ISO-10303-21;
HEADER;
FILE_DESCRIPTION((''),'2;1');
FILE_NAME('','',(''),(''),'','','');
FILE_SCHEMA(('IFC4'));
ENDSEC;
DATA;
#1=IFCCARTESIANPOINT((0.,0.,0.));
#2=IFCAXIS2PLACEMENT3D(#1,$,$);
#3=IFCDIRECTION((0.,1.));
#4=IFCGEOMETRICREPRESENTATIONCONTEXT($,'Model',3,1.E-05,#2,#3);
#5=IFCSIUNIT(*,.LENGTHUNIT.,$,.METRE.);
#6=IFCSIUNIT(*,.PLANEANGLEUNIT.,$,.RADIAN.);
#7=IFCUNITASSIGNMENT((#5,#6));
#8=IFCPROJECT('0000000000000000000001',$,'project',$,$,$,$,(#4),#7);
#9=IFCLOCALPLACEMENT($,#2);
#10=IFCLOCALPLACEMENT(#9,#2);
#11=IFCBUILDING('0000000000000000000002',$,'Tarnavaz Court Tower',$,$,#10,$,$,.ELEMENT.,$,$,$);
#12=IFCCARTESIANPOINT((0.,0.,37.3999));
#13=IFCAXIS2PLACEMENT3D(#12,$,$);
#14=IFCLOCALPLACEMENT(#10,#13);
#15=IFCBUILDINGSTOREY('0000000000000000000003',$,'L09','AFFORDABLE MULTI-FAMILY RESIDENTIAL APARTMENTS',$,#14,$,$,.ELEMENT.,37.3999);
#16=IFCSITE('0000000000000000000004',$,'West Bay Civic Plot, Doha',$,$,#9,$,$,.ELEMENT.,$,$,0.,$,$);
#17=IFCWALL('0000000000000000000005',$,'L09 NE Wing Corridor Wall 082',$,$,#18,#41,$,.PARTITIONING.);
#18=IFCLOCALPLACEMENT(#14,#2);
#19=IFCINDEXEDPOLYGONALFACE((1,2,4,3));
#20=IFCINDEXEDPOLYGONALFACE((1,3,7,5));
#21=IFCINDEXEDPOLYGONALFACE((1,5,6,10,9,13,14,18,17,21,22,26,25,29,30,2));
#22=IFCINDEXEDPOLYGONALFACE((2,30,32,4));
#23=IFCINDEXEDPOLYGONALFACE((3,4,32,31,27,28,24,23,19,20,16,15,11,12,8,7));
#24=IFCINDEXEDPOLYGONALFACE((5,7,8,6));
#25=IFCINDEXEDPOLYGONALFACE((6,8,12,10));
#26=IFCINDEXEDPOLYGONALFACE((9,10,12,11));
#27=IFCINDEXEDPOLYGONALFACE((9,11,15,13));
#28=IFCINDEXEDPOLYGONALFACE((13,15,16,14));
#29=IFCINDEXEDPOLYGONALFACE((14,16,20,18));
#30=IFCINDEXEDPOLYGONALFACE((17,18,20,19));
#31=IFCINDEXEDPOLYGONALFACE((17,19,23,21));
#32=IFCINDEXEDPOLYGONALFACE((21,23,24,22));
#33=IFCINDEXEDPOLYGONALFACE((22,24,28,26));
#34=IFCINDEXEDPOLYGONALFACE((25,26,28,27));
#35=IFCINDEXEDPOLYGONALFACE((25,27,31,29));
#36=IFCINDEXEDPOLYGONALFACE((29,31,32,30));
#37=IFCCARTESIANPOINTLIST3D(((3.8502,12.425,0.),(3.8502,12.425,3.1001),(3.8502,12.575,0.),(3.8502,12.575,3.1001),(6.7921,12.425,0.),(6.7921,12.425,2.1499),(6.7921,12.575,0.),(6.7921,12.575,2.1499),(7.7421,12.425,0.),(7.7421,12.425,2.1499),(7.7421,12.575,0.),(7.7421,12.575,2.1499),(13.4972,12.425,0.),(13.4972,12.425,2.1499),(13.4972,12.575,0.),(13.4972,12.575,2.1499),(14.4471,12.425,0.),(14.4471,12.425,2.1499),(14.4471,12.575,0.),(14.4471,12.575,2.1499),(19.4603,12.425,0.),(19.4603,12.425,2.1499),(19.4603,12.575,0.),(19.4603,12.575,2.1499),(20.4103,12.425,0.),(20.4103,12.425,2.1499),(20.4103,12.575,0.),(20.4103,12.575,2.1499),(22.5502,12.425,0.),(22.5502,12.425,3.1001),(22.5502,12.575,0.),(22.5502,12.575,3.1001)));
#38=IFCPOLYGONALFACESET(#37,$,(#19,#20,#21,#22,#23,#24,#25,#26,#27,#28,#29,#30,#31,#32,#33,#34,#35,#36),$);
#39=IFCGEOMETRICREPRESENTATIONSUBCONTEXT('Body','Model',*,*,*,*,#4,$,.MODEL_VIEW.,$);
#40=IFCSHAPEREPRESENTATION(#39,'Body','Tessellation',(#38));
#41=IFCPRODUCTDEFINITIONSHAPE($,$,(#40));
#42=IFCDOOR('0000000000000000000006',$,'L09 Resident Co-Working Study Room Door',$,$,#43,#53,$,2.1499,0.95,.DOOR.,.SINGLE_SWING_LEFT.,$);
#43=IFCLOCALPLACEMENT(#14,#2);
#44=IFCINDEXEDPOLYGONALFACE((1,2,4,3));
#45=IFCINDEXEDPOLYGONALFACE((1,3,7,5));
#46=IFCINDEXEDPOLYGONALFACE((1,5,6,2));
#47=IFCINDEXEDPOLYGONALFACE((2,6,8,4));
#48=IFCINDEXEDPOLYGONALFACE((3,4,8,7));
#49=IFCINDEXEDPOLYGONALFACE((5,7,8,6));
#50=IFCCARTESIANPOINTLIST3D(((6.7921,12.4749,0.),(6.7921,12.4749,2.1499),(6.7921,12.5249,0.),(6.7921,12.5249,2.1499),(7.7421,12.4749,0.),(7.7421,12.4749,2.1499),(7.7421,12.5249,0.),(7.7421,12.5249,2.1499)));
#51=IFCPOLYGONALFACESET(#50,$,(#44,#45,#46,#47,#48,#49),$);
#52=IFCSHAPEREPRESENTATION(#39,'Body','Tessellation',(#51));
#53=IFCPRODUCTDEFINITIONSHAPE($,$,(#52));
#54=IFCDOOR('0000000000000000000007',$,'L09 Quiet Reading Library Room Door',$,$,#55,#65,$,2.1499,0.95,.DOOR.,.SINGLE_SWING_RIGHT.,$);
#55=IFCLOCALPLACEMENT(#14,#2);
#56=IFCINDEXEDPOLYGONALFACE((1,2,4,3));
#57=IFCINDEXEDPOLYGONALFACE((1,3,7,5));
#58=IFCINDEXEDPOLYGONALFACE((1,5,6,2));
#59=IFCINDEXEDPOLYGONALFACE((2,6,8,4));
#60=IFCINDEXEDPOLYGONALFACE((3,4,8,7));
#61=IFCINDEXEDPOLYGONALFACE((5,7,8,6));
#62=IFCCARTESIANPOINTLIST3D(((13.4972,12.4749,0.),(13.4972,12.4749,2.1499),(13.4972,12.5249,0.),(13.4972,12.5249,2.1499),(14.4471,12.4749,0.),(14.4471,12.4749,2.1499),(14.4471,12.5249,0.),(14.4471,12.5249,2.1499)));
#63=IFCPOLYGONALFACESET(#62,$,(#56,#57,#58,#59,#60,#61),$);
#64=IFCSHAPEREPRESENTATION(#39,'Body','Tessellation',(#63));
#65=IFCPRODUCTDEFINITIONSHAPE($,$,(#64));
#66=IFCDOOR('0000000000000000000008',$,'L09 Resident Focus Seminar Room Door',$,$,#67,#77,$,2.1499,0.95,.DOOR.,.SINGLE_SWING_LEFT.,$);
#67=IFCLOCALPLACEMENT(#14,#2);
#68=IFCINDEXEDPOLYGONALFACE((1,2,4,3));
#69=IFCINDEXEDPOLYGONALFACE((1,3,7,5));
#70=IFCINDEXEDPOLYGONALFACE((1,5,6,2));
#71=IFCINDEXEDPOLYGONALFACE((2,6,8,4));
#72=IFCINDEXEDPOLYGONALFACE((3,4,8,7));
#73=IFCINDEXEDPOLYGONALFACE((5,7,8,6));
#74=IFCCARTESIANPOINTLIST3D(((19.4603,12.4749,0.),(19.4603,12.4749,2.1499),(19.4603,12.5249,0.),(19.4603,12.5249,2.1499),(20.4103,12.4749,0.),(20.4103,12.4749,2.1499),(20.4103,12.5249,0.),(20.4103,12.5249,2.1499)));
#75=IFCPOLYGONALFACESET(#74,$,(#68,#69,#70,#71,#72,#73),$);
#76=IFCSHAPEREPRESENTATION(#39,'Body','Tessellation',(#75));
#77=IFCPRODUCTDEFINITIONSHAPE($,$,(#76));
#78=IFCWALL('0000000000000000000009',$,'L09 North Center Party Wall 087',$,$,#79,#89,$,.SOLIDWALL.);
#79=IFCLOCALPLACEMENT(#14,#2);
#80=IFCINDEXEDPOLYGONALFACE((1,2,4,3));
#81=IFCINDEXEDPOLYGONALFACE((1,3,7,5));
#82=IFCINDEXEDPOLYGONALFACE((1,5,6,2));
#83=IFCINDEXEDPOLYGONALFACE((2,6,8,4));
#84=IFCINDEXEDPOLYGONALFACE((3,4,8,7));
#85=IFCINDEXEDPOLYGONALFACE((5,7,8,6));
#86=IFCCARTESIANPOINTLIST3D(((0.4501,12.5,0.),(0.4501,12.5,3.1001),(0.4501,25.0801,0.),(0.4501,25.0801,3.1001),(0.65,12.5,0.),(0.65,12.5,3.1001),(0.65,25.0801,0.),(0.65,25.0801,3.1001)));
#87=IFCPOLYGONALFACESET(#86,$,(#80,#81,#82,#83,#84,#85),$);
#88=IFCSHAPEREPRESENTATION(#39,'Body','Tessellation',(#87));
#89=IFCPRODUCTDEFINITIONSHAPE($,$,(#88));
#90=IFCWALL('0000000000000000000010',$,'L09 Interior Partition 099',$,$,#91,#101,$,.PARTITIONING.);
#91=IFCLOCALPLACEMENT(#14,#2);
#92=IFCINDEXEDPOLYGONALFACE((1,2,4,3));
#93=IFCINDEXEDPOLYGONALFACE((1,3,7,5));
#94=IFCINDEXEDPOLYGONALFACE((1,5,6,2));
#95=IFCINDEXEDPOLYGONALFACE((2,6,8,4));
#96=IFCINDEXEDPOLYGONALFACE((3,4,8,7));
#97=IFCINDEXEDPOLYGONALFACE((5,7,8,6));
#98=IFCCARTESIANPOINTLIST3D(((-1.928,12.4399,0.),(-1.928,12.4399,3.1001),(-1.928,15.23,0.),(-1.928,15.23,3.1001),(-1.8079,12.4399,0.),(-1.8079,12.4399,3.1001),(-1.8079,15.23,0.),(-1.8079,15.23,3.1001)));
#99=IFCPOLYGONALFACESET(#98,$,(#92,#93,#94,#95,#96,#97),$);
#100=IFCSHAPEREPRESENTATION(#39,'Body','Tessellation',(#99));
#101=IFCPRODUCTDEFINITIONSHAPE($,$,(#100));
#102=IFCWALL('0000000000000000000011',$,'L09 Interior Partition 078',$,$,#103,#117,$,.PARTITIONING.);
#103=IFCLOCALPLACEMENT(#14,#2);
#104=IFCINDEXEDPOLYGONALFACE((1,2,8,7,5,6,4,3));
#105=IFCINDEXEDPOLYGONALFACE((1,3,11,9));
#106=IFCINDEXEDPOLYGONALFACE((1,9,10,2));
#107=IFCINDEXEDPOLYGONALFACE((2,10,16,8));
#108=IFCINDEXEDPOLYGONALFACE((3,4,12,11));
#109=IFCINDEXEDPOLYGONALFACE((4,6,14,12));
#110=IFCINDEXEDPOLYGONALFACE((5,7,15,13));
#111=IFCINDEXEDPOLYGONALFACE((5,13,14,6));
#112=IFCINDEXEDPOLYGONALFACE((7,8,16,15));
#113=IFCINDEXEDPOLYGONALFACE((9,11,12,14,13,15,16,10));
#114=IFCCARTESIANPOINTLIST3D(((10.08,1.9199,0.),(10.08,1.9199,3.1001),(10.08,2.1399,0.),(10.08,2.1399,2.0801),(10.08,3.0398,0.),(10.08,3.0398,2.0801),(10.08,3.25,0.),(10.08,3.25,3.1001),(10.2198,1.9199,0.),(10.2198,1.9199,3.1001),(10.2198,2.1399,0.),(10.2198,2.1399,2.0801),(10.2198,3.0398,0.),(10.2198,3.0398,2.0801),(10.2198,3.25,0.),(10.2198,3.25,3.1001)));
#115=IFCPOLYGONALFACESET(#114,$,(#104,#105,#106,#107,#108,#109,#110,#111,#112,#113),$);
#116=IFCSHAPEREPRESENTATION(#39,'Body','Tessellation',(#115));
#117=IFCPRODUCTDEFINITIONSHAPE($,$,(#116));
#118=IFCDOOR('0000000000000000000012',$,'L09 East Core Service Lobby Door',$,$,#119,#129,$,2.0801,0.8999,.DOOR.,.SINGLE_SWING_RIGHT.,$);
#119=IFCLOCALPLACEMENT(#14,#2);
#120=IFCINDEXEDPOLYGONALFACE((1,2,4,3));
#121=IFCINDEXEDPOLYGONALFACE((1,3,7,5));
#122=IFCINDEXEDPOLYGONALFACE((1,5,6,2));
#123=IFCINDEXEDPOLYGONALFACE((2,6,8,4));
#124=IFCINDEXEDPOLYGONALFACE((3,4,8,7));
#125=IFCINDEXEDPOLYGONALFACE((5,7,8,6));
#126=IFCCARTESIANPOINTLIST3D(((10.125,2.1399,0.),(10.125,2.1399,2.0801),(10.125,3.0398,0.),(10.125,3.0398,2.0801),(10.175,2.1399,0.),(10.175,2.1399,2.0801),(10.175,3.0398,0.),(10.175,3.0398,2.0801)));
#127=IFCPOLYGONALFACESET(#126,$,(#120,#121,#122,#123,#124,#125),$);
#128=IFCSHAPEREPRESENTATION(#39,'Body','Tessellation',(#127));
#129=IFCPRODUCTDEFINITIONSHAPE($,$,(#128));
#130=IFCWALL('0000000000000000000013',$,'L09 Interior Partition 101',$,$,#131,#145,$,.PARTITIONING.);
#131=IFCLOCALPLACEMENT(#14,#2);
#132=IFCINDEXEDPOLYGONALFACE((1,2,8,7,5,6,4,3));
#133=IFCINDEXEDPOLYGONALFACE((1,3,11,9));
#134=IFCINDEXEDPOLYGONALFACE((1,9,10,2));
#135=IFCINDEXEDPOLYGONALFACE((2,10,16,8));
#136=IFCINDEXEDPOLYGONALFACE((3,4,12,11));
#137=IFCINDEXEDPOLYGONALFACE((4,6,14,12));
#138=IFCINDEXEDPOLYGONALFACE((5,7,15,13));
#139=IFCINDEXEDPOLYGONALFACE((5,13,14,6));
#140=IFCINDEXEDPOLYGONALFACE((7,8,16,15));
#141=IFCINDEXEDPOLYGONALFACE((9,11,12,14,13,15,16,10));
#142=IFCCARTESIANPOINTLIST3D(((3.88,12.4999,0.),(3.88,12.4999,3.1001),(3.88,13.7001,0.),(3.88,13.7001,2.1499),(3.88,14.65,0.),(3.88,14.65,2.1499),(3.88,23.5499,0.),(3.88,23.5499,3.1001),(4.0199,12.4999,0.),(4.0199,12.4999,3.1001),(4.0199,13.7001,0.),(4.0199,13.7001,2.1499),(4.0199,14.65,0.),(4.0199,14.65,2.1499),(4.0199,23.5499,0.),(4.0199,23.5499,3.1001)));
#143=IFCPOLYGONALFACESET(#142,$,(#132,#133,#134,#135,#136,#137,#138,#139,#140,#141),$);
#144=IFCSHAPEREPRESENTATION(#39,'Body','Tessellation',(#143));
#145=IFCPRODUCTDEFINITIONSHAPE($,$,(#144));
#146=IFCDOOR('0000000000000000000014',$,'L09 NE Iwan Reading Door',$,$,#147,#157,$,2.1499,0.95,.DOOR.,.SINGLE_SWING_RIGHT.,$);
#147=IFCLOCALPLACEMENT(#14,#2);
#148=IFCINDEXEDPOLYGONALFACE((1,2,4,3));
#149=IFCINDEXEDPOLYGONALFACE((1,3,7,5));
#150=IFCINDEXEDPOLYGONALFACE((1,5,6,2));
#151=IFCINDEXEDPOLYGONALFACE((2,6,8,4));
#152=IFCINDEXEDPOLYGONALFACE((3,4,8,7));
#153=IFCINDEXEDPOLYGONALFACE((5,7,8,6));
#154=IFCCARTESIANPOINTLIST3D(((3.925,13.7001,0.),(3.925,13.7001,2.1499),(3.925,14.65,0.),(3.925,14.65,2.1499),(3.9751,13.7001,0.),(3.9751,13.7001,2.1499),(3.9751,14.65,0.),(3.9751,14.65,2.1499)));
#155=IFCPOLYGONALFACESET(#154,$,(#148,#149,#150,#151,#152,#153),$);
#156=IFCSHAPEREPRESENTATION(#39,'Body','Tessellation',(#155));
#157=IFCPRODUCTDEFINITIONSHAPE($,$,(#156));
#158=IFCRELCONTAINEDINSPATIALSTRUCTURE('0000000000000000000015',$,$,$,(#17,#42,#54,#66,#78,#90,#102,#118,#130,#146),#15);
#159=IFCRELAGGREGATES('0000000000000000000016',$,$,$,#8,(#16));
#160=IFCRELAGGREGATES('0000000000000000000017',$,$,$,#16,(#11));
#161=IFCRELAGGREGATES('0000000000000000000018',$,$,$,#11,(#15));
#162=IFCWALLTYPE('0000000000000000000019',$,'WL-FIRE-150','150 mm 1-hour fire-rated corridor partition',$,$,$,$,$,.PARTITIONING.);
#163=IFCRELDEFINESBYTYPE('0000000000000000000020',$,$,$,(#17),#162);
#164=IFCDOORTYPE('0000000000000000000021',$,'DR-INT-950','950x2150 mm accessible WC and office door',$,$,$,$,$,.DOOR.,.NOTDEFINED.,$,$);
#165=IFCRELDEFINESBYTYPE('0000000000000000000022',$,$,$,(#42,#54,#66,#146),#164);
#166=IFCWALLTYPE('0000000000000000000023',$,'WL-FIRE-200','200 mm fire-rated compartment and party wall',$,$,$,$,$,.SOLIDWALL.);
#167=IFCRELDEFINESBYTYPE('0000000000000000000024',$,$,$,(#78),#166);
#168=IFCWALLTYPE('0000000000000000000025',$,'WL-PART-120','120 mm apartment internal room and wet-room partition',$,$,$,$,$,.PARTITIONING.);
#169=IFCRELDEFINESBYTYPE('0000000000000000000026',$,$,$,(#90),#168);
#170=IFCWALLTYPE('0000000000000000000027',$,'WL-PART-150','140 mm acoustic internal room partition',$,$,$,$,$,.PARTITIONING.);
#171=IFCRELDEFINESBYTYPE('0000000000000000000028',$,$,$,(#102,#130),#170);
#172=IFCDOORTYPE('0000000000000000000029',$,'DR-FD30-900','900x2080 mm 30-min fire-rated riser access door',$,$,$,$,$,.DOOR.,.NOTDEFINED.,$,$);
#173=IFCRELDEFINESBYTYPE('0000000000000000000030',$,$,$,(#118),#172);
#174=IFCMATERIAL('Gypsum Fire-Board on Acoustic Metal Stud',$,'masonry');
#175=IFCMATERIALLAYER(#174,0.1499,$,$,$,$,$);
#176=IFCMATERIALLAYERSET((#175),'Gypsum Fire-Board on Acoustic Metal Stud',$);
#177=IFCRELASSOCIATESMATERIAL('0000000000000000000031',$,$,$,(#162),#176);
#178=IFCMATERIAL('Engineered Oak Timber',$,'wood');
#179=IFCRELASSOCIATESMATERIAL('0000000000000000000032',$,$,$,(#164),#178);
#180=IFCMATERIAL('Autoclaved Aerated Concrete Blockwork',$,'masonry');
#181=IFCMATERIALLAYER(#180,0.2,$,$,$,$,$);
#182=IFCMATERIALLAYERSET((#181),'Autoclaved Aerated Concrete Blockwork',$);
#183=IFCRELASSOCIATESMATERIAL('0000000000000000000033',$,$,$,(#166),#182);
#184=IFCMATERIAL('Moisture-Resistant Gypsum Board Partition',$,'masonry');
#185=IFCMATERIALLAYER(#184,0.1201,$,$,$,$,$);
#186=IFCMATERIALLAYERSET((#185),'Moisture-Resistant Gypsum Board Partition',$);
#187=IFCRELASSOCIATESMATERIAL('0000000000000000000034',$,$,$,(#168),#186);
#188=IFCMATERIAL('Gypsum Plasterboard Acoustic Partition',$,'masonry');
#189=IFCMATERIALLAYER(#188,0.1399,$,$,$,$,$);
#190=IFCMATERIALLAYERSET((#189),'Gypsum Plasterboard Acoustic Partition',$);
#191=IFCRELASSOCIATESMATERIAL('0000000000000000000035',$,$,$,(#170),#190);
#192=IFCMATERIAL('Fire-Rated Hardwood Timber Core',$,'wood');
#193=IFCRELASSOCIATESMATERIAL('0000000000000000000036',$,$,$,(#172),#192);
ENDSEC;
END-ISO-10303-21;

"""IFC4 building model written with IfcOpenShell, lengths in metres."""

from ifc_helpers import new_model, si_unit, direction, frame, frame_2d, origin, place, context, subcontext, project, spatial, rectangle, extrude, material, layer, layer_set, type_object, element, fill, save


model = new_model("IFC4")

# Units and contexts
model_context = context("Model", 3, precision=1e-05, world=origin(), true_north=direction((0.0, 1.0)))
body_context = subcontext(model_context, "Body", "Model", "MODEL_VIEW")
ifc_project = project(units=[si_unit("LENGTHUNIT", "METRE"), si_unit("PLANEANGLEUNIT", "RADIAN")], contexts=[model_context])

# Site, building, storey
site_placement = place(None, origin())
site = spatial("IfcSite", under=ifc_project, at=site_placement, Name="West Bay Civic Plot, Doha", CompositionType="ELEMENT", RefElevation=0.0)
building_placement = place(site_placement, origin())
building = spatial("IfcBuilding", under=site, at=building_placement, Name="Tarnavaz Court Tower", CompositionType="ELEMENT")
storey_placement = place(building_placement, frame((0.0, 0.0, 37.3999)))
storey = spatial("IfcBuildingStorey", under=building, at=storey_placement, Name="L09", Description="AFFORDABLE MULTI-FAMILY RESIDENTIAL APARTMENTS", CompositionType="ELEMENT", Elevation=37.3999)

# Shared definitions
ifc_material_1 = material(Name="Fire-Rated Hardwood Timber Core", Category="wood")

# Wall, openings, doors
ifc_material_2 = material(Name="Gypsum Fire-Board on Acoustic Metal Stud", Category="masonry")
ifc_layer_1 = layer(ifc_material_2, 0.1499)
ifc_layer_set_1 = layer_set([ifc_layer_1], Name="Gypsum Fire-Board on Acoustic Metal Stud")
wall_type_1 = type_object("IfcWallType", Name="WL-FIRE-150", Description="150 mm 1-hour fire-rated corridor partition", PredefinedType="PARTITIONING", material=ifc_layer_set_1)
wall_1_placement = place(storey_placement, frame((3.8501, 12.5, 0.0), z_axis=(0.0, 0.0, 1.0), x_axis=(1.0, 0.0, 0.0)))
wall_1 = element("IfcWall", 1, at=wall_1_placement, inside=storey, type_object=wall_type_1, Name="L09 NE Wing Corridor Wall 082", PredefinedType="PARTITIONING", context=body_context, shape_type="SweptSolid", body=[
    extrude(rectangle(XDim=18.7, YDim=0.1499, at=frame_2d((9.3501, 0.0))), origin(), (0.0, 0.0, 1.0), 3.1001),
])
opening_1_placement = place(wall_1_placement, frame((2.9419, 0.0, 0.0)))
opening_1 = element("IfcOpeningElement", 2, at=opening_1_placement, cuts=wall_1, PredefinedType="OPENING", context=body_context, shape_type="SweptSolid", body=[
    extrude(rectangle(XDim=0.95, YDim=2.1499, at=frame_2d((0.4751, 1.075))), frame((0.0, 0.085, 0.0), z_axis=(0.0, -1.0, 0.0), x_axis=(1.0, 0.0, 0.0)), (0.0, 0.0, 1.0), 0.1699),
])
opening_2_placement = place(wall_1_placement, frame((9.647, 0.0, 0.0)))
opening_2 = element("IfcOpeningElement", 3, at=opening_2_placement, cuts=wall_1, PredefinedType="OPENING", context=body_context, shape_type="SweptSolid", body=[
    extrude(rectangle(XDim=0.95, YDim=2.1499, at=frame_2d((0.4751, 1.075))), frame((0.0, 0.085, 0.0), z_axis=(0.0, -1.0, 0.0), x_axis=(1.0, 0.0, 0.0)), (0.0, 0.0, 1.0), 0.1699),
])
opening_3_placement = place(wall_1_placement, frame((15.6101, 0.0, 0.0)))
opening_3 = element("IfcOpeningElement", 4, at=opening_3_placement, cuts=wall_1, PredefinedType="OPENING", context=body_context, shape_type="SweptSolid", body=[
    extrude(rectangle(XDim=0.95, YDim=2.1499, at=frame_2d((0.4751, 1.075))), frame((0.0, 0.085, 0.0), z_axis=(0.0, -1.0, 0.0), x_axis=(1.0, 0.0, 0.0)), (0.0, 0.0, 1.0), 0.1699),
])
ifc_material_3 = material(Name="Engineered Oak Timber", Category="wood")
door_type_1 = type_object("IfcDoorType", Name="DR-INT-950", Description="950x2150 mm accessible WC and office door", OperationType="NOTDEFINED", PredefinedType="DOOR", material=ifc_material_3)
door_1_placement = place(opening_1_placement, origin())
door_1 = element("IfcDoor", 5, at=door_1_placement, inside=storey, type_object=door_type_1, Name="L09 Resident Co-Working Study Room Door", OperationType="SINGLE_SWING_LEFT", OverallHeight=2.1499, OverallWidth=0.95, PredefinedType="DOOR", context=body_context, shape_type="SweptSolid", body=[
    extrude(rectangle(XDim=0.95, YDim=2.1499, at=frame_2d((0.4751, 1.075))), frame((0.0, 0.0249, 0.0), z_axis=(0.0, -1.0, 0.0), x_axis=(1.0, 0.0, 0.0)), (0.0, 0.0, 1.0), 0.05),
])
fill(opening_1, door_1)
door_2_placement = place(opening_2_placement, origin())
door_2 = element("IfcDoor", 6, at=door_2_placement, inside=storey, type_object=door_type_1, Name="L09 Quiet Reading Library Room Door", OperationType="SINGLE_SWING_RIGHT", OverallHeight=2.1499, OverallWidth=0.95, PredefinedType="DOOR", context=body_context, shape_type="SweptSolid", body=[
    extrude(rectangle(XDim=0.95, YDim=2.1499, at=frame_2d((0.4751, 1.075))), frame((0.0, 0.0249, 0.0), z_axis=(0.0, -1.0, 0.0), x_axis=(1.0, 0.0, 0.0)), (0.0, 0.0, 1.0), 0.05),
])
fill(opening_2, door_2)
door_3_placement = place(opening_3_placement, origin())
door_3 = element("IfcDoor", 7, at=door_3_placement, inside=storey, type_object=door_type_1, Name="L09 Resident Focus Seminar Room Door", OperationType="SINGLE_SWING_LEFT", OverallHeight=2.1499, OverallWidth=0.95, PredefinedType="DOOR", context=body_context, shape_type="SweptSolid", body=[
    extrude(rectangle(XDim=0.95, YDim=2.1499, at=frame_2d((0.4751, 1.075))), frame((0.0, 0.0249, 0.0), z_axis=(0.0, -1.0, 0.0), x_axis=(1.0, 0.0, 0.0)), (0.0, 0.0, 1.0), 0.05),
])
fill(opening_3, door_3)

# Walls
ifc_material_4 = material(Name="Autoclaved Aerated Concrete Blockwork", Category="masonry")
ifc_layer_2 = layer(ifc_material_4, 0.2)
ifc_layer_set_2 = layer_set([ifc_layer_2], Name="Autoclaved Aerated Concrete Blockwork")
wall_type_2 = type_object("IfcWallType", Name="WL-FIRE-200", Description="200 mm fire-rated compartment and party wall", PredefinedType="SOLIDWALL", material=ifc_layer_set_2)
wall_2_placement = place(storey_placement, frame((0.55, 12.5, 0.0), z_axis=(0.0, 0.0, 1.0), x_axis=(0.0, 1.0, 0.0)))
element("IfcWall", 8, at=wall_2_placement, inside=storey, type_object=wall_type_2, Name="L09 North Center Party Wall 087", PredefinedType="SOLIDWALL", context=body_context, shape_type="SweptSolid", body=[
    extrude(rectangle(XDim=12.5801, YDim=0.2, at=frame_2d((6.29, 0.0))), origin(), (0.0, 0.0, 1.0), 3.1001),
])
ifc_material_5 = material(Name="Moisture-Resistant Gypsum Board Partition", Category="masonry")
ifc_layer_3 = layer(ifc_material_5, 0.1201)
ifc_layer_set_3 = layer_set([ifc_layer_3], Name="Moisture-Resistant Gypsum Board Partition")
wall_type_3 = type_object("IfcWallType", Name="WL-PART-120", Description="120 mm apartment internal room and wet-room partition", PredefinedType="PARTITIONING", material=ifc_layer_set_3)
wall_3_placement = place(storey_placement, frame((-1.8679, 12.4399, 0.0), z_axis=(0.0, 0.0, 1.0), x_axis=(0.0, 1.0, 0.0)))
element("IfcWall", 9, at=wall_3_placement, inside=storey, type_object=wall_type_3, Name="L09 Interior Partition 099", PredefinedType="PARTITIONING", context=body_context, shape_type="SweptSolid", body=[
    extrude(rectangle(XDim=2.79, YDim=0.1201, at=frame_2d((1.395, 0.0))), origin(), (0.0, 0.0, 1.0), 3.1001),
])

# Walls, openings, doors
ifc_material_6 = material(Name="Gypsum Plasterboard Acoustic Partition", Category="masonry")
ifc_layer_4 = layer(ifc_material_6, 0.1399)
ifc_layer_set_4 = layer_set([ifc_layer_4], Name="Gypsum Plasterboard Acoustic Partition")
wall_type_4 = type_object("IfcWallType", Name="WL-PART-150", Description="140 mm acoustic internal room partition", PredefinedType="PARTITIONING", material=ifc_layer_set_4)
wall_4_placement = place(storey_placement, frame((10.1499, 1.9199, 0.0), z_axis=(0.0, 0.0, 1.0), x_axis=(0.0, 1.0, 0.0)))
wall_4 = element("IfcWall", 10, at=wall_4_placement, inside=storey, type_object=wall_type_4, Name="L09 Interior Partition 078", PredefinedType="PARTITIONING", context=body_context, shape_type="SweptSolid", body=[
    extrude(rectangle(XDim=1.3301, YDim=0.1399, at=frame_2d((0.665, 0.0))), origin(), (0.0, 0.0, 1.0), 3.1001),
])
opening_4_placement = place(wall_4_placement, frame((0.22, 0.0, 0.0)))
opening_4 = element("IfcOpeningElement", 11, at=opening_4_placement, cuts=wall_4, PredefinedType="OPENING", context=body_context, shape_type="SweptSolid", body=[
    extrude(rectangle(XDim=0.8999, YDim=2.0801, at=frame_2d((0.45, 1.04))), frame((0.0, 0.0798, 0.0), z_axis=(0.0, -1.0, 0.0), x_axis=(1.0, 0.0, 0.0)), (0.0, 0.0, 1.0), 0.1599),
])
door_type_2 = type_object("IfcDoorType", Name="DR-FD30-900", Description="900x2080 mm 30-min fire-rated riser access door", OperationType="NOTDEFINED", PredefinedType="DOOR", material=ifc_material_1)
door_4_placement = place(opening_4_placement, origin())
door_4 = element("IfcDoor", 12, at=door_4_placement, inside=storey, type_object=door_type_2, Name="L09 East Core Service Lobby Door", OperationType="SINGLE_SWING_RIGHT", OverallHeight=2.0801, OverallWidth=0.8999, PredefinedType="DOOR", context=body_context, shape_type="SweptSolid", body=[
    extrude(rectangle(XDim=0.8999, YDim=2.0801, at=frame_2d((0.45, 1.04))), frame((0.0, 0.0249, 0.0), z_axis=(0.0, -1.0, 0.0), x_axis=(1.0, 0.0, 0.0)), (0.0, 0.0, 1.0), 0.05),
])
fill(opening_4, door_4)
wall_5_placement = place(storey_placement, frame((3.95, 12.5, 0.0), z_axis=(0.0, 0.0, 1.0), x_axis=(0.0, 1.0, 0.0)))
wall_5 = element("IfcWall", 13, at=wall_5_placement, inside=storey, type_object=wall_type_4, Name="L09 Interior Partition 101", PredefinedType="PARTITIONING", context=body_context, shape_type="SweptSolid", body=[
    extrude(rectangle(XDim=11.05, YDim=0.1399, at=frame_2d((5.5249, 0.0))), origin(), (0.0, 0.0, 1.0), 3.1001),
])
opening_5_placement = place(wall_5_placement, frame((1.2, 0.0, 0.0)))
opening_5 = element("IfcOpeningElement", 14, at=opening_5_placement, cuts=wall_5, PredefinedType="OPENING", context=body_context, shape_type="SweptSolid", body=[
    extrude(rectangle(XDim=0.95, YDim=2.1499, at=frame_2d((0.4751, 1.075))), frame((0.0, 0.0798, 0.0), z_axis=(0.0, -1.0, 0.0), x_axis=(1.0, 0.0, 0.0)), (0.0, 0.0, 1.0), 0.1599),
])
door_5_placement = place(opening_5_placement, origin())
door_5 = element("IfcDoor", 15, at=door_5_placement, inside=storey, type_object=door_type_1, Name="L09 NE Iwan Reading Door", OperationType="SINGLE_SWING_RIGHT", OverallHeight=2.1499, OverallWidth=0.95, PredefinedType="DOOR", context=body_context, shape_type="SweptSolid", body=[
    extrude(rectangle(XDim=0.95, YDim=2.1499, at=frame_2d((0.4751, 1.075))), frame((0.0, 0.0249, 0.0), z_axis=(0.0, -1.0, 0.0), x_axis=(1.0, 0.0, 0.0)), (0.0, 0.0, 1.0), 0.05),
])
fill(opening_5, door_5)

save(model, "model.ifc")
